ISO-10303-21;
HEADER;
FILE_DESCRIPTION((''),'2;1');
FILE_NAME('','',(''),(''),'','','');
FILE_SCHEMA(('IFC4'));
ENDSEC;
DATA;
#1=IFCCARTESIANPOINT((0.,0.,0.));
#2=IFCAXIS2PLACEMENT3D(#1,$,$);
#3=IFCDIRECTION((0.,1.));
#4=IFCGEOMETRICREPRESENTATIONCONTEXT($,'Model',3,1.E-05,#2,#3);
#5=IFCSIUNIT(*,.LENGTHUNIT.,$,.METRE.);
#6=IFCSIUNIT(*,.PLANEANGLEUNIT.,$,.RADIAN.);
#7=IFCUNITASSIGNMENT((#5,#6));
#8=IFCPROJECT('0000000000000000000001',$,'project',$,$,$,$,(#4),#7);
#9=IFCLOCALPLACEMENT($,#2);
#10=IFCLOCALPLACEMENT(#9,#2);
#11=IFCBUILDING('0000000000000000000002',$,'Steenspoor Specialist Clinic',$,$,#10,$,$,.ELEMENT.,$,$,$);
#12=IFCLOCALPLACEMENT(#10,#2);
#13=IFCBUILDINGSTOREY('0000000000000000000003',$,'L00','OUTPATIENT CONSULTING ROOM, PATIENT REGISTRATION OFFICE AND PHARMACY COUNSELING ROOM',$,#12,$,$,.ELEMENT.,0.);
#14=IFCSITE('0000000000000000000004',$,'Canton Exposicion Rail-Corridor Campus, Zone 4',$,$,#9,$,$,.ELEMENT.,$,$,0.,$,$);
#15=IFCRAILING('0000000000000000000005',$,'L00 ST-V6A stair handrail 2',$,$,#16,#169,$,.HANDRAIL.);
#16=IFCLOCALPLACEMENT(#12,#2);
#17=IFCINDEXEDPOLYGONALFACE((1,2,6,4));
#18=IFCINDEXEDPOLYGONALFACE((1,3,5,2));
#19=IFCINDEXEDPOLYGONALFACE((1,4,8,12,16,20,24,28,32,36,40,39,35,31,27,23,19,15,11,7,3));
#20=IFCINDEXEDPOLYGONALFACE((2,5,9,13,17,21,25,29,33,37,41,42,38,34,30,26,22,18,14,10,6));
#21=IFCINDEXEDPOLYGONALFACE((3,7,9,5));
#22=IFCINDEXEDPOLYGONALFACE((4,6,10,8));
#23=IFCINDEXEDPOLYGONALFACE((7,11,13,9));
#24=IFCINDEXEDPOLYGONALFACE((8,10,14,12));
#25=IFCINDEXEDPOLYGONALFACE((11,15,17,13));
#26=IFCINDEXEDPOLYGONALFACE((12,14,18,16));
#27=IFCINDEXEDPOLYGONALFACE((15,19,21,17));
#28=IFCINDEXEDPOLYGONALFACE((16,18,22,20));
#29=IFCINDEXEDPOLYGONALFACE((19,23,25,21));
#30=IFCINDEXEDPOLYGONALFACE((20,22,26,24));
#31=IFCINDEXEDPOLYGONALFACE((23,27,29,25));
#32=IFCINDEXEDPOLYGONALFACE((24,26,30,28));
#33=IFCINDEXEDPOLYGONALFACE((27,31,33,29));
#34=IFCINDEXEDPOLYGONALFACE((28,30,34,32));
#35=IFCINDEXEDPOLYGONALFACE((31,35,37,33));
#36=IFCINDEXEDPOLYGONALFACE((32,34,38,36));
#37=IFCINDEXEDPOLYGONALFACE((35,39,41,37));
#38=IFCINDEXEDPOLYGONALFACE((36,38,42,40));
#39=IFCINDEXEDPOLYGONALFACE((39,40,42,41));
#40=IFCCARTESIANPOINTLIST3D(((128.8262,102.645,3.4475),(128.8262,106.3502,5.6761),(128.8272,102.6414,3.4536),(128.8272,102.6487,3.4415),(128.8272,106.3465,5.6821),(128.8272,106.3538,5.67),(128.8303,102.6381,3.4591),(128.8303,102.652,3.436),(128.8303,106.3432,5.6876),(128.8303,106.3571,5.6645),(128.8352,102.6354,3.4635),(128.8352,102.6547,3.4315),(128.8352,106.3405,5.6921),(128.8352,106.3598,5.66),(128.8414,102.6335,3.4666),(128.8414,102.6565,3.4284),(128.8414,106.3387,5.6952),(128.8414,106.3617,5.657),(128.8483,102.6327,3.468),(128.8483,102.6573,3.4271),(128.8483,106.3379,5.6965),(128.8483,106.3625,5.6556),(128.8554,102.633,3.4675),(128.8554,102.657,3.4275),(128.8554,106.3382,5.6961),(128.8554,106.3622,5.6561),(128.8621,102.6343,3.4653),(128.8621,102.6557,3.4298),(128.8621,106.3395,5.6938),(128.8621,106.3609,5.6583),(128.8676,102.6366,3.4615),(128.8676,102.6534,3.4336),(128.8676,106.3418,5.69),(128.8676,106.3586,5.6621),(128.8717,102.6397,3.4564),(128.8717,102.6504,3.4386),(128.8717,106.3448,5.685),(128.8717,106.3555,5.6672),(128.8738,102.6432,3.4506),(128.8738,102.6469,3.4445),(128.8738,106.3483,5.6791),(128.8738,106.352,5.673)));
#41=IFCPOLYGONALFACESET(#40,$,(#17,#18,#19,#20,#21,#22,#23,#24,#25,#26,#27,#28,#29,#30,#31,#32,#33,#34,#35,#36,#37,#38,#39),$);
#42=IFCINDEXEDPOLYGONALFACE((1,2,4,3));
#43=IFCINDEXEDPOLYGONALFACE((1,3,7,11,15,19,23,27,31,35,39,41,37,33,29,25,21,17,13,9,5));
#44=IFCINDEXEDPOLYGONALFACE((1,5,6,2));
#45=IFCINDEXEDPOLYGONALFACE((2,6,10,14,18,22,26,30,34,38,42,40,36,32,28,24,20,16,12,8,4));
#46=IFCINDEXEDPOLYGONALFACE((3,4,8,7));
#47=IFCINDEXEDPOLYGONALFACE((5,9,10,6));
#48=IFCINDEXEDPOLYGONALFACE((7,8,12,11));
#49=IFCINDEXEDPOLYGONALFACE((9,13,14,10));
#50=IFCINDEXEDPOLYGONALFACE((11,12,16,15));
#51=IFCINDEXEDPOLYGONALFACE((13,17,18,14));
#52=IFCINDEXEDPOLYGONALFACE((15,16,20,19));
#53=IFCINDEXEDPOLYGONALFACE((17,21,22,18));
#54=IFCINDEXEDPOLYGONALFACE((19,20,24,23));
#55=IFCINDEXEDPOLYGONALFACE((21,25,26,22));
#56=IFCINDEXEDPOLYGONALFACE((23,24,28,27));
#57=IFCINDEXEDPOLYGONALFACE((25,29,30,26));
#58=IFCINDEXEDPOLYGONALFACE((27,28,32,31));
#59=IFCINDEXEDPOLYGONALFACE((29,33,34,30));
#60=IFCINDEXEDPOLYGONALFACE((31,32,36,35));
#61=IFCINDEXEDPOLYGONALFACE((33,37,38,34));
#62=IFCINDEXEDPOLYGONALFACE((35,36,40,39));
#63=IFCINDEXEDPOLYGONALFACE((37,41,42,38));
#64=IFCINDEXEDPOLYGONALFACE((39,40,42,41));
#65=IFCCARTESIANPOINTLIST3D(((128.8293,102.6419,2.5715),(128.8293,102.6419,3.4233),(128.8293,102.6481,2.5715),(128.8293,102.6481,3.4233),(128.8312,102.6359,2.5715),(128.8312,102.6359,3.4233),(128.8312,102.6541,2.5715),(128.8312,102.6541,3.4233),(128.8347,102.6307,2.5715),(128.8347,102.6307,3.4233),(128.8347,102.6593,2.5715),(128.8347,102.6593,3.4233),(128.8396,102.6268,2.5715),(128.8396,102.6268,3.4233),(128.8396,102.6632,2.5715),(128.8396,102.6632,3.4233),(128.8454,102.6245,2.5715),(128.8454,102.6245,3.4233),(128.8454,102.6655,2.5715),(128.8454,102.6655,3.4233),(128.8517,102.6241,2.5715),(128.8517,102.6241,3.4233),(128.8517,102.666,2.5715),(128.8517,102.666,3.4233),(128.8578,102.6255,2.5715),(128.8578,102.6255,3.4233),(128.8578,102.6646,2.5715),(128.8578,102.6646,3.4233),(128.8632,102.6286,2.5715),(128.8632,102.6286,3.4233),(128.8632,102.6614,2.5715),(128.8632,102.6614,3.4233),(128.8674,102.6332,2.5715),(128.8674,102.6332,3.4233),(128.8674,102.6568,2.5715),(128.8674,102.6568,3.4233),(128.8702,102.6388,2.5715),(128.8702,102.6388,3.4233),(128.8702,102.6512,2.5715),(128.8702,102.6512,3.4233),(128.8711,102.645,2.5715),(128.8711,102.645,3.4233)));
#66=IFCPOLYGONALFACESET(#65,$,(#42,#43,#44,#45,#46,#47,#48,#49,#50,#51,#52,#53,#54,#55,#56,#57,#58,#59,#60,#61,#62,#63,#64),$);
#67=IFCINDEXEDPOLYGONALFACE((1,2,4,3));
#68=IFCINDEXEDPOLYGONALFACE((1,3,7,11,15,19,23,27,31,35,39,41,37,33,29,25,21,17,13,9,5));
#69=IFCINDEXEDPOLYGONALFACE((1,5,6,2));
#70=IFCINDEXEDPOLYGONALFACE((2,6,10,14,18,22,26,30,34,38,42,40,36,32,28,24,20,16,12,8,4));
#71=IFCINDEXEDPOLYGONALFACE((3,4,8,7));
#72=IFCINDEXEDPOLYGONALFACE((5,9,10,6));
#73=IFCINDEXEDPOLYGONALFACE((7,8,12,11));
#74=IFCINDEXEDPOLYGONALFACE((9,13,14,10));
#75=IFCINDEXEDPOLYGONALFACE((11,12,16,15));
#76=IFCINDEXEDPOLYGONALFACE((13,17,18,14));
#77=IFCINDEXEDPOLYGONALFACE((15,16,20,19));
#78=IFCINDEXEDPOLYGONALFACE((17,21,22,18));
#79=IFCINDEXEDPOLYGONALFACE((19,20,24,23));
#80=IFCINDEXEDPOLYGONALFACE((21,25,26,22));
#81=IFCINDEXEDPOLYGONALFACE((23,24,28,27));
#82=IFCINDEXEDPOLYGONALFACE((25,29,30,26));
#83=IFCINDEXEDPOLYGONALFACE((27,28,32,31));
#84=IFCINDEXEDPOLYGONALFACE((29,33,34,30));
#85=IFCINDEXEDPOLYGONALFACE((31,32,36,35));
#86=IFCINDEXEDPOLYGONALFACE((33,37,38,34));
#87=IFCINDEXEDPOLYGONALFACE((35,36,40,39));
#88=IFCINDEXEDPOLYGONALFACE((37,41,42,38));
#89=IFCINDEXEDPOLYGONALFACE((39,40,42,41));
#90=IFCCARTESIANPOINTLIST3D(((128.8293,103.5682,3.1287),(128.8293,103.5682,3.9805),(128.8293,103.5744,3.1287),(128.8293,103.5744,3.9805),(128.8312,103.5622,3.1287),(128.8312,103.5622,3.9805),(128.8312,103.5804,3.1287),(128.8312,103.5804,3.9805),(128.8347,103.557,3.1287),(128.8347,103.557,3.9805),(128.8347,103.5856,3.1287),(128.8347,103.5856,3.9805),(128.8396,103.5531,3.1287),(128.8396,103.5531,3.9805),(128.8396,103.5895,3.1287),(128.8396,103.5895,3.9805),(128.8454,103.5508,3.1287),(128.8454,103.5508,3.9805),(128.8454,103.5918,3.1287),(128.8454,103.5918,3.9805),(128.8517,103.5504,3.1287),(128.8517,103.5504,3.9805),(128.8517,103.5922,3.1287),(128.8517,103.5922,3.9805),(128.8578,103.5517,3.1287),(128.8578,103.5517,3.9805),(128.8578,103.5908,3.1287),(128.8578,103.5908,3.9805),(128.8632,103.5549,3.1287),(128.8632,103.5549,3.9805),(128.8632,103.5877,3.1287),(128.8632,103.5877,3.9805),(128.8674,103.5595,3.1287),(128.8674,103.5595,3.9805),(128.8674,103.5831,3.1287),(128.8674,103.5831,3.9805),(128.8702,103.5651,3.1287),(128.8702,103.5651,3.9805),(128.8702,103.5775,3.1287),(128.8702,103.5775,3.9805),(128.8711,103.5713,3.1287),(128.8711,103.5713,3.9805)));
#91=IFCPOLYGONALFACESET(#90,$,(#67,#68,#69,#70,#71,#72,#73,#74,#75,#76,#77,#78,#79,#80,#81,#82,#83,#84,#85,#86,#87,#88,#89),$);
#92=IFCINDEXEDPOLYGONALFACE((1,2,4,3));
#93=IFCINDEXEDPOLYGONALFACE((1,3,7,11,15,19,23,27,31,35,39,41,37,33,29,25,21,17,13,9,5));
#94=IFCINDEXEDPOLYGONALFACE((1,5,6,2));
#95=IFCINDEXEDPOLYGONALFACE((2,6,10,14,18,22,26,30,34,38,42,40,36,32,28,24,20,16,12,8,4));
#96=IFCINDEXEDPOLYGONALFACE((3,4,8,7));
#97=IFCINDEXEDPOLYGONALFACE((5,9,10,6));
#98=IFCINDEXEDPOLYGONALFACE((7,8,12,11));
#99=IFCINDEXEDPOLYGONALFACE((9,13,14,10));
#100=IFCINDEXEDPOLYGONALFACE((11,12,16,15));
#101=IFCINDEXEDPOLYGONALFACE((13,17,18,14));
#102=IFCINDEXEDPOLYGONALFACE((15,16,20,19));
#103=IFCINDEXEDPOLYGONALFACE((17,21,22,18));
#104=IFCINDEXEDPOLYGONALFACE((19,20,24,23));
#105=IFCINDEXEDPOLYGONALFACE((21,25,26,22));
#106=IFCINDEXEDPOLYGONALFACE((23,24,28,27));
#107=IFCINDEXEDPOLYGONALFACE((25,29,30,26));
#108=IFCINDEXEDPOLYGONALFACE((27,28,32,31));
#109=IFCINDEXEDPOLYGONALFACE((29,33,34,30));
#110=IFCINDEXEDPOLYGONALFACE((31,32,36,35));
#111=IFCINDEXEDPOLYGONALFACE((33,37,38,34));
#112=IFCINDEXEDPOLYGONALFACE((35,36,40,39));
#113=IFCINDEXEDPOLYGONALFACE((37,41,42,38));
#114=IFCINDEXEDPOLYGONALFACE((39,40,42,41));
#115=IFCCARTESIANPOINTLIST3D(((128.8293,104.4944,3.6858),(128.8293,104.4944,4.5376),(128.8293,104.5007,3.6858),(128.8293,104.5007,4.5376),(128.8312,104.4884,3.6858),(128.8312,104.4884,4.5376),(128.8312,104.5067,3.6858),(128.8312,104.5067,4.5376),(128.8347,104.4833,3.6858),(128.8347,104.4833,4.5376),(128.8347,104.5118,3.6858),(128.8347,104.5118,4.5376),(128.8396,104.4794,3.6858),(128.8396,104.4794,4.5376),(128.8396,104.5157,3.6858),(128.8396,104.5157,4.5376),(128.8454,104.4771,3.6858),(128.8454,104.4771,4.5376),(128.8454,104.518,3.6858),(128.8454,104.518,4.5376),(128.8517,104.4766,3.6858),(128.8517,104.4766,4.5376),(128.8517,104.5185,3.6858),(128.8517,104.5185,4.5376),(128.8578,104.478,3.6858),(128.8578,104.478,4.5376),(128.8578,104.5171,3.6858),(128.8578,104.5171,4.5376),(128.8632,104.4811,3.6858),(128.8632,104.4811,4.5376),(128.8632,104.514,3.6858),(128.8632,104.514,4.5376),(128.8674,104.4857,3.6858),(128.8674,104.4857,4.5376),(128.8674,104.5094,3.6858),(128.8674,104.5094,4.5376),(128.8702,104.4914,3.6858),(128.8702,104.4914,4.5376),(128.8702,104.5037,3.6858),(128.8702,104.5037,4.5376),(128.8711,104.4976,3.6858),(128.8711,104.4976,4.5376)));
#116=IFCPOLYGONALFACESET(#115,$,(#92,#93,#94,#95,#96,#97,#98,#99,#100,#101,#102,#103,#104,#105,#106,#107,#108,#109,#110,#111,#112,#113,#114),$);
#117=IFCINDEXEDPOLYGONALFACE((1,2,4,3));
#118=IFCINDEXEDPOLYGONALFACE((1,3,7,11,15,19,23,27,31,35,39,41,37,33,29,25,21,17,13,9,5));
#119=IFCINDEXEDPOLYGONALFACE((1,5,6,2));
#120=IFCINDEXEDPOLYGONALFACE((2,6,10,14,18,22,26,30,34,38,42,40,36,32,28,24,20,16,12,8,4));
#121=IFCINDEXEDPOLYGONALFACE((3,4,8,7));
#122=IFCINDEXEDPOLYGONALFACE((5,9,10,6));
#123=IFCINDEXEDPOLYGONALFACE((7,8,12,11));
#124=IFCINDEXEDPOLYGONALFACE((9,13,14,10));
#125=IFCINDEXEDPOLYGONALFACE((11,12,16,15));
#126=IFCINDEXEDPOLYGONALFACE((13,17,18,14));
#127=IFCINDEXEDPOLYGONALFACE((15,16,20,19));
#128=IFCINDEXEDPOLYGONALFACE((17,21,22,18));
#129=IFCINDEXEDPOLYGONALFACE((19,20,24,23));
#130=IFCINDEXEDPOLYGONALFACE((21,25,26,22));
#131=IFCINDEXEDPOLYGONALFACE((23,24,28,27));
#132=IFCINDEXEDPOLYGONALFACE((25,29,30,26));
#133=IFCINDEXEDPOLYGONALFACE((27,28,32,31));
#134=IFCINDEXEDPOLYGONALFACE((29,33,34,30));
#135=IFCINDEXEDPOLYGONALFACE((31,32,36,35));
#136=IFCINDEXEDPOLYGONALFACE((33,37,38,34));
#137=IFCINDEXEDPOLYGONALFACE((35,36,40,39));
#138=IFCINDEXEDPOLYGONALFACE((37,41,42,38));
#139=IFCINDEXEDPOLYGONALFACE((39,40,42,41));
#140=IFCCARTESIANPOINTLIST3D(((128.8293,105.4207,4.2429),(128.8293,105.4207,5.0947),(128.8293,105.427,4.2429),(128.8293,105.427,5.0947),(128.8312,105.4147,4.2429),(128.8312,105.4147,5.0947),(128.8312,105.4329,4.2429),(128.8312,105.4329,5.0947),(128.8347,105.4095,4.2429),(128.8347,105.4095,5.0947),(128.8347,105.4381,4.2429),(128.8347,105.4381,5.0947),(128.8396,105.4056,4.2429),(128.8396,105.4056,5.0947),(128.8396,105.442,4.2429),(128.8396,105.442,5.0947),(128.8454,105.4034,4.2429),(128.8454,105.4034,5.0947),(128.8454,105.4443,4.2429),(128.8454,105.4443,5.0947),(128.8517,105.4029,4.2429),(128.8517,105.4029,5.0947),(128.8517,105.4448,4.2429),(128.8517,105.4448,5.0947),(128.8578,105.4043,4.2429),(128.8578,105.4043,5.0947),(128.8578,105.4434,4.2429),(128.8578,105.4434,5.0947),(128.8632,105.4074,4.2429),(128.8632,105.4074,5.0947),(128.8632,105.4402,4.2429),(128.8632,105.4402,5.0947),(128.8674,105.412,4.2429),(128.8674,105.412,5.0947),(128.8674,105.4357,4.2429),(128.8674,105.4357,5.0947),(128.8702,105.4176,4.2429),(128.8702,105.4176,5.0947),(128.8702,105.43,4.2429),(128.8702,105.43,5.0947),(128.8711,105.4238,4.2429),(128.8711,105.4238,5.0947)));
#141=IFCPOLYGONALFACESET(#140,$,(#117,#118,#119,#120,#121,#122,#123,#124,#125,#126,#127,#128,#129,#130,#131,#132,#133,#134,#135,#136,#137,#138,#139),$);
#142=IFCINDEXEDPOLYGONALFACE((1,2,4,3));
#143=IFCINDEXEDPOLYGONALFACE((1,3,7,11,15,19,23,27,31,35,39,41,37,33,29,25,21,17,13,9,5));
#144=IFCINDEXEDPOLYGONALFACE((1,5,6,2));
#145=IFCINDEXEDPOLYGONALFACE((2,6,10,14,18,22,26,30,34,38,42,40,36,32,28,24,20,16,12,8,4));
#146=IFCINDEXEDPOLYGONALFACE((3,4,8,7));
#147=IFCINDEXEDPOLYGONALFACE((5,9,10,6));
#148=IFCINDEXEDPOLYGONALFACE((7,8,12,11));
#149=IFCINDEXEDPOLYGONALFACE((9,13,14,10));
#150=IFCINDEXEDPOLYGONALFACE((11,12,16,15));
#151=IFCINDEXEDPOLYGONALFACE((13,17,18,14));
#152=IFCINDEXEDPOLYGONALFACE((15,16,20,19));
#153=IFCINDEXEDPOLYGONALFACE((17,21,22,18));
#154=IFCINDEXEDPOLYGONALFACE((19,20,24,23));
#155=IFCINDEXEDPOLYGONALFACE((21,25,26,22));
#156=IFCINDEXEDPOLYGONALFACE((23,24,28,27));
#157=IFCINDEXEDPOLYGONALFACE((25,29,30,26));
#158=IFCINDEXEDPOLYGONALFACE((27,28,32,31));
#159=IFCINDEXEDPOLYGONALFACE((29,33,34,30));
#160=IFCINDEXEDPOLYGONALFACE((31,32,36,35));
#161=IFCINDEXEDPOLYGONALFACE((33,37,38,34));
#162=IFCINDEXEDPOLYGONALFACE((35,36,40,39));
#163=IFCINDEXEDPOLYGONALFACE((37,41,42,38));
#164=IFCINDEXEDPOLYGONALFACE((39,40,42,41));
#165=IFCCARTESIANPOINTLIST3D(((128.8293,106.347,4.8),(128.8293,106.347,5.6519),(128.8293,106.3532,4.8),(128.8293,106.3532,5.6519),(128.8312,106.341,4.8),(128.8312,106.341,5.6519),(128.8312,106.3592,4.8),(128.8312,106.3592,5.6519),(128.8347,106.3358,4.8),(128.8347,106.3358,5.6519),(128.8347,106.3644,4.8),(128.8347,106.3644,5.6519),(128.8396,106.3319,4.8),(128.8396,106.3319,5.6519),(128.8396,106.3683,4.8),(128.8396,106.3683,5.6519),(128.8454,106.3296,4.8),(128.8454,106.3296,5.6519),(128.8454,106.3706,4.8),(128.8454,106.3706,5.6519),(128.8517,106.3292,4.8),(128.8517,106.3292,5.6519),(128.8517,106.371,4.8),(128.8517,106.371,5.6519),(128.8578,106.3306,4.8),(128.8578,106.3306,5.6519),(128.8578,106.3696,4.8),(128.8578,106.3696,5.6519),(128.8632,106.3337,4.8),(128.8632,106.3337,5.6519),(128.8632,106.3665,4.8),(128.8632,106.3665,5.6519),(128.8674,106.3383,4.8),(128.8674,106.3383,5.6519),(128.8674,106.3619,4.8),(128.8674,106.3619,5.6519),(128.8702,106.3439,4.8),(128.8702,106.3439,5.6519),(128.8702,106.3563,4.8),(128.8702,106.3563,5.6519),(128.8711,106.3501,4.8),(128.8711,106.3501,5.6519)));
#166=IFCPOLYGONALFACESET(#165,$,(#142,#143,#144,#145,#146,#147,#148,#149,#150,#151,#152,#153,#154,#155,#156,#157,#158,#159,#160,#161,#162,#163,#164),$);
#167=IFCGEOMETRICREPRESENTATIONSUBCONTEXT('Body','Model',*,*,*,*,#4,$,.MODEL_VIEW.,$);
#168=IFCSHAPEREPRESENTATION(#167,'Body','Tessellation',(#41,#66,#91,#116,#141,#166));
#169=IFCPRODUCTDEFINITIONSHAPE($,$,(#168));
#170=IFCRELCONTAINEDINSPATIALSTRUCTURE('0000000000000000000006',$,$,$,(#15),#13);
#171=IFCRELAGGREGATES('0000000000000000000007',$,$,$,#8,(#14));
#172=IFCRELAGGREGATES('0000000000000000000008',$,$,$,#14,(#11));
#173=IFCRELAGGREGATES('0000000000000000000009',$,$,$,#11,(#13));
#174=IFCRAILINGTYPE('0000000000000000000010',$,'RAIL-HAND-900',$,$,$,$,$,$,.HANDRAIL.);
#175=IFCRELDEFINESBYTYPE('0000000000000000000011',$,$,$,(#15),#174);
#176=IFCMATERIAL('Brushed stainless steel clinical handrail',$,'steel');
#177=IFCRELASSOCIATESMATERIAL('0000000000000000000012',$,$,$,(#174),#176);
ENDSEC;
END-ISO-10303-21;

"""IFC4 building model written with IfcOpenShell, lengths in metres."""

from ifc_helpers import new_model, si_unit, direction, frame, origin, origin_2d, place, context, subcontext, project, spatial, circle, extrude, material, type_object, element, save


model = new_model("IFC4")

# Units and contexts
model_context = context("Model", 3, precision=1e-05, world=origin(), true_north=direction((0.0, 1.0)))
body_context = subcontext(model_context, "Body", "Model", "MODEL_VIEW")
ifc_project = project(units=[si_unit("LENGTHUNIT", "METRE"), si_unit("PLANEANGLEUNIT", "RADIAN")], contexts=[model_context])

# Site, building, storey
site_placement = place(None, origin())
site = spatial("IfcSite", under=ifc_project, at=site_placement, Name="Canton Exposicion Rail-Corridor Campus, Zone 4", CompositionType="ELEMENT", RefElevation=0.0)
building_placement = place(site_placement, origin())
building = spatial("IfcBuilding", under=site, at=building_placement, Name="Steenspoor Specialist Clinic", CompositionType="ELEMENT")
storey_placement = place(building_placement, origin())
storey = spatial("IfcBuildingStorey", under=building, at=storey_placement, Name="L00", Description="OUTPATIENT CONSULTING ROOM, PATIENT REGISTRATION OFFICE AND PHARMACY COUNSELING ROOM", CompositionType="ELEMENT", Elevation=0.0)

# Railing
ifc_material_1 = material(Name="Brushed stainless steel clinical handrail", Category="steel")
railing_type_1 = type_object("IfcRailingType", Name="RAIL-HAND-900", PredefinedType="HANDRAIL", material=ifc_material_1)
railing_1_placement = place(storey_placement, frame((128.8501, 102.645, 2.5715)))
element("IfcRailing", 1, at=railing_1_placement, inside=storey, type_object=railing_type_1, Name="L00 ST-V6A stair handrail 2", PredefinedType="HANDRAIL", context=body_context, shape_type="SweptSolid", body=[
    extrude(circle(Radius=0.0239, at=origin_2d()), frame((0.0, 0.0, 0.876), z_axis=(0.0, 0.856934, 0.515425), x_axis=(-1.0, 0.0, 0.0)), (0.0, 0.0, 1.0), 4.3237),
    extrude(circle(Radius=0.021, at=origin_2d()), origin(), (0.0, 0.0, 1.0), 0.8518),
    extrude(circle(Radius=0.021, at=origin_2d()), frame((0.0, 0.9263, 0.5571)), (0.0, 0.0, 1.0), 0.8518),
    extrude(circle(Radius=0.021, at=origin_2d()), frame((0.0, 1.8525, 1.1143)), (0.0, 0.0, 1.0), 0.8518),
    extrude(circle(Radius=0.021, at=origin_2d()), frame((0.0, 2.7788, 1.6714)), (0.0, 0.0, 1.0), 0.8518),
    extrude(circle(Radius=0.021, at=origin_2d()), frame((0.0, 3.7051, 2.2285)), (0.0, 0.0, 1.0), 0.8518),
])

save(model, "model.ifc")
